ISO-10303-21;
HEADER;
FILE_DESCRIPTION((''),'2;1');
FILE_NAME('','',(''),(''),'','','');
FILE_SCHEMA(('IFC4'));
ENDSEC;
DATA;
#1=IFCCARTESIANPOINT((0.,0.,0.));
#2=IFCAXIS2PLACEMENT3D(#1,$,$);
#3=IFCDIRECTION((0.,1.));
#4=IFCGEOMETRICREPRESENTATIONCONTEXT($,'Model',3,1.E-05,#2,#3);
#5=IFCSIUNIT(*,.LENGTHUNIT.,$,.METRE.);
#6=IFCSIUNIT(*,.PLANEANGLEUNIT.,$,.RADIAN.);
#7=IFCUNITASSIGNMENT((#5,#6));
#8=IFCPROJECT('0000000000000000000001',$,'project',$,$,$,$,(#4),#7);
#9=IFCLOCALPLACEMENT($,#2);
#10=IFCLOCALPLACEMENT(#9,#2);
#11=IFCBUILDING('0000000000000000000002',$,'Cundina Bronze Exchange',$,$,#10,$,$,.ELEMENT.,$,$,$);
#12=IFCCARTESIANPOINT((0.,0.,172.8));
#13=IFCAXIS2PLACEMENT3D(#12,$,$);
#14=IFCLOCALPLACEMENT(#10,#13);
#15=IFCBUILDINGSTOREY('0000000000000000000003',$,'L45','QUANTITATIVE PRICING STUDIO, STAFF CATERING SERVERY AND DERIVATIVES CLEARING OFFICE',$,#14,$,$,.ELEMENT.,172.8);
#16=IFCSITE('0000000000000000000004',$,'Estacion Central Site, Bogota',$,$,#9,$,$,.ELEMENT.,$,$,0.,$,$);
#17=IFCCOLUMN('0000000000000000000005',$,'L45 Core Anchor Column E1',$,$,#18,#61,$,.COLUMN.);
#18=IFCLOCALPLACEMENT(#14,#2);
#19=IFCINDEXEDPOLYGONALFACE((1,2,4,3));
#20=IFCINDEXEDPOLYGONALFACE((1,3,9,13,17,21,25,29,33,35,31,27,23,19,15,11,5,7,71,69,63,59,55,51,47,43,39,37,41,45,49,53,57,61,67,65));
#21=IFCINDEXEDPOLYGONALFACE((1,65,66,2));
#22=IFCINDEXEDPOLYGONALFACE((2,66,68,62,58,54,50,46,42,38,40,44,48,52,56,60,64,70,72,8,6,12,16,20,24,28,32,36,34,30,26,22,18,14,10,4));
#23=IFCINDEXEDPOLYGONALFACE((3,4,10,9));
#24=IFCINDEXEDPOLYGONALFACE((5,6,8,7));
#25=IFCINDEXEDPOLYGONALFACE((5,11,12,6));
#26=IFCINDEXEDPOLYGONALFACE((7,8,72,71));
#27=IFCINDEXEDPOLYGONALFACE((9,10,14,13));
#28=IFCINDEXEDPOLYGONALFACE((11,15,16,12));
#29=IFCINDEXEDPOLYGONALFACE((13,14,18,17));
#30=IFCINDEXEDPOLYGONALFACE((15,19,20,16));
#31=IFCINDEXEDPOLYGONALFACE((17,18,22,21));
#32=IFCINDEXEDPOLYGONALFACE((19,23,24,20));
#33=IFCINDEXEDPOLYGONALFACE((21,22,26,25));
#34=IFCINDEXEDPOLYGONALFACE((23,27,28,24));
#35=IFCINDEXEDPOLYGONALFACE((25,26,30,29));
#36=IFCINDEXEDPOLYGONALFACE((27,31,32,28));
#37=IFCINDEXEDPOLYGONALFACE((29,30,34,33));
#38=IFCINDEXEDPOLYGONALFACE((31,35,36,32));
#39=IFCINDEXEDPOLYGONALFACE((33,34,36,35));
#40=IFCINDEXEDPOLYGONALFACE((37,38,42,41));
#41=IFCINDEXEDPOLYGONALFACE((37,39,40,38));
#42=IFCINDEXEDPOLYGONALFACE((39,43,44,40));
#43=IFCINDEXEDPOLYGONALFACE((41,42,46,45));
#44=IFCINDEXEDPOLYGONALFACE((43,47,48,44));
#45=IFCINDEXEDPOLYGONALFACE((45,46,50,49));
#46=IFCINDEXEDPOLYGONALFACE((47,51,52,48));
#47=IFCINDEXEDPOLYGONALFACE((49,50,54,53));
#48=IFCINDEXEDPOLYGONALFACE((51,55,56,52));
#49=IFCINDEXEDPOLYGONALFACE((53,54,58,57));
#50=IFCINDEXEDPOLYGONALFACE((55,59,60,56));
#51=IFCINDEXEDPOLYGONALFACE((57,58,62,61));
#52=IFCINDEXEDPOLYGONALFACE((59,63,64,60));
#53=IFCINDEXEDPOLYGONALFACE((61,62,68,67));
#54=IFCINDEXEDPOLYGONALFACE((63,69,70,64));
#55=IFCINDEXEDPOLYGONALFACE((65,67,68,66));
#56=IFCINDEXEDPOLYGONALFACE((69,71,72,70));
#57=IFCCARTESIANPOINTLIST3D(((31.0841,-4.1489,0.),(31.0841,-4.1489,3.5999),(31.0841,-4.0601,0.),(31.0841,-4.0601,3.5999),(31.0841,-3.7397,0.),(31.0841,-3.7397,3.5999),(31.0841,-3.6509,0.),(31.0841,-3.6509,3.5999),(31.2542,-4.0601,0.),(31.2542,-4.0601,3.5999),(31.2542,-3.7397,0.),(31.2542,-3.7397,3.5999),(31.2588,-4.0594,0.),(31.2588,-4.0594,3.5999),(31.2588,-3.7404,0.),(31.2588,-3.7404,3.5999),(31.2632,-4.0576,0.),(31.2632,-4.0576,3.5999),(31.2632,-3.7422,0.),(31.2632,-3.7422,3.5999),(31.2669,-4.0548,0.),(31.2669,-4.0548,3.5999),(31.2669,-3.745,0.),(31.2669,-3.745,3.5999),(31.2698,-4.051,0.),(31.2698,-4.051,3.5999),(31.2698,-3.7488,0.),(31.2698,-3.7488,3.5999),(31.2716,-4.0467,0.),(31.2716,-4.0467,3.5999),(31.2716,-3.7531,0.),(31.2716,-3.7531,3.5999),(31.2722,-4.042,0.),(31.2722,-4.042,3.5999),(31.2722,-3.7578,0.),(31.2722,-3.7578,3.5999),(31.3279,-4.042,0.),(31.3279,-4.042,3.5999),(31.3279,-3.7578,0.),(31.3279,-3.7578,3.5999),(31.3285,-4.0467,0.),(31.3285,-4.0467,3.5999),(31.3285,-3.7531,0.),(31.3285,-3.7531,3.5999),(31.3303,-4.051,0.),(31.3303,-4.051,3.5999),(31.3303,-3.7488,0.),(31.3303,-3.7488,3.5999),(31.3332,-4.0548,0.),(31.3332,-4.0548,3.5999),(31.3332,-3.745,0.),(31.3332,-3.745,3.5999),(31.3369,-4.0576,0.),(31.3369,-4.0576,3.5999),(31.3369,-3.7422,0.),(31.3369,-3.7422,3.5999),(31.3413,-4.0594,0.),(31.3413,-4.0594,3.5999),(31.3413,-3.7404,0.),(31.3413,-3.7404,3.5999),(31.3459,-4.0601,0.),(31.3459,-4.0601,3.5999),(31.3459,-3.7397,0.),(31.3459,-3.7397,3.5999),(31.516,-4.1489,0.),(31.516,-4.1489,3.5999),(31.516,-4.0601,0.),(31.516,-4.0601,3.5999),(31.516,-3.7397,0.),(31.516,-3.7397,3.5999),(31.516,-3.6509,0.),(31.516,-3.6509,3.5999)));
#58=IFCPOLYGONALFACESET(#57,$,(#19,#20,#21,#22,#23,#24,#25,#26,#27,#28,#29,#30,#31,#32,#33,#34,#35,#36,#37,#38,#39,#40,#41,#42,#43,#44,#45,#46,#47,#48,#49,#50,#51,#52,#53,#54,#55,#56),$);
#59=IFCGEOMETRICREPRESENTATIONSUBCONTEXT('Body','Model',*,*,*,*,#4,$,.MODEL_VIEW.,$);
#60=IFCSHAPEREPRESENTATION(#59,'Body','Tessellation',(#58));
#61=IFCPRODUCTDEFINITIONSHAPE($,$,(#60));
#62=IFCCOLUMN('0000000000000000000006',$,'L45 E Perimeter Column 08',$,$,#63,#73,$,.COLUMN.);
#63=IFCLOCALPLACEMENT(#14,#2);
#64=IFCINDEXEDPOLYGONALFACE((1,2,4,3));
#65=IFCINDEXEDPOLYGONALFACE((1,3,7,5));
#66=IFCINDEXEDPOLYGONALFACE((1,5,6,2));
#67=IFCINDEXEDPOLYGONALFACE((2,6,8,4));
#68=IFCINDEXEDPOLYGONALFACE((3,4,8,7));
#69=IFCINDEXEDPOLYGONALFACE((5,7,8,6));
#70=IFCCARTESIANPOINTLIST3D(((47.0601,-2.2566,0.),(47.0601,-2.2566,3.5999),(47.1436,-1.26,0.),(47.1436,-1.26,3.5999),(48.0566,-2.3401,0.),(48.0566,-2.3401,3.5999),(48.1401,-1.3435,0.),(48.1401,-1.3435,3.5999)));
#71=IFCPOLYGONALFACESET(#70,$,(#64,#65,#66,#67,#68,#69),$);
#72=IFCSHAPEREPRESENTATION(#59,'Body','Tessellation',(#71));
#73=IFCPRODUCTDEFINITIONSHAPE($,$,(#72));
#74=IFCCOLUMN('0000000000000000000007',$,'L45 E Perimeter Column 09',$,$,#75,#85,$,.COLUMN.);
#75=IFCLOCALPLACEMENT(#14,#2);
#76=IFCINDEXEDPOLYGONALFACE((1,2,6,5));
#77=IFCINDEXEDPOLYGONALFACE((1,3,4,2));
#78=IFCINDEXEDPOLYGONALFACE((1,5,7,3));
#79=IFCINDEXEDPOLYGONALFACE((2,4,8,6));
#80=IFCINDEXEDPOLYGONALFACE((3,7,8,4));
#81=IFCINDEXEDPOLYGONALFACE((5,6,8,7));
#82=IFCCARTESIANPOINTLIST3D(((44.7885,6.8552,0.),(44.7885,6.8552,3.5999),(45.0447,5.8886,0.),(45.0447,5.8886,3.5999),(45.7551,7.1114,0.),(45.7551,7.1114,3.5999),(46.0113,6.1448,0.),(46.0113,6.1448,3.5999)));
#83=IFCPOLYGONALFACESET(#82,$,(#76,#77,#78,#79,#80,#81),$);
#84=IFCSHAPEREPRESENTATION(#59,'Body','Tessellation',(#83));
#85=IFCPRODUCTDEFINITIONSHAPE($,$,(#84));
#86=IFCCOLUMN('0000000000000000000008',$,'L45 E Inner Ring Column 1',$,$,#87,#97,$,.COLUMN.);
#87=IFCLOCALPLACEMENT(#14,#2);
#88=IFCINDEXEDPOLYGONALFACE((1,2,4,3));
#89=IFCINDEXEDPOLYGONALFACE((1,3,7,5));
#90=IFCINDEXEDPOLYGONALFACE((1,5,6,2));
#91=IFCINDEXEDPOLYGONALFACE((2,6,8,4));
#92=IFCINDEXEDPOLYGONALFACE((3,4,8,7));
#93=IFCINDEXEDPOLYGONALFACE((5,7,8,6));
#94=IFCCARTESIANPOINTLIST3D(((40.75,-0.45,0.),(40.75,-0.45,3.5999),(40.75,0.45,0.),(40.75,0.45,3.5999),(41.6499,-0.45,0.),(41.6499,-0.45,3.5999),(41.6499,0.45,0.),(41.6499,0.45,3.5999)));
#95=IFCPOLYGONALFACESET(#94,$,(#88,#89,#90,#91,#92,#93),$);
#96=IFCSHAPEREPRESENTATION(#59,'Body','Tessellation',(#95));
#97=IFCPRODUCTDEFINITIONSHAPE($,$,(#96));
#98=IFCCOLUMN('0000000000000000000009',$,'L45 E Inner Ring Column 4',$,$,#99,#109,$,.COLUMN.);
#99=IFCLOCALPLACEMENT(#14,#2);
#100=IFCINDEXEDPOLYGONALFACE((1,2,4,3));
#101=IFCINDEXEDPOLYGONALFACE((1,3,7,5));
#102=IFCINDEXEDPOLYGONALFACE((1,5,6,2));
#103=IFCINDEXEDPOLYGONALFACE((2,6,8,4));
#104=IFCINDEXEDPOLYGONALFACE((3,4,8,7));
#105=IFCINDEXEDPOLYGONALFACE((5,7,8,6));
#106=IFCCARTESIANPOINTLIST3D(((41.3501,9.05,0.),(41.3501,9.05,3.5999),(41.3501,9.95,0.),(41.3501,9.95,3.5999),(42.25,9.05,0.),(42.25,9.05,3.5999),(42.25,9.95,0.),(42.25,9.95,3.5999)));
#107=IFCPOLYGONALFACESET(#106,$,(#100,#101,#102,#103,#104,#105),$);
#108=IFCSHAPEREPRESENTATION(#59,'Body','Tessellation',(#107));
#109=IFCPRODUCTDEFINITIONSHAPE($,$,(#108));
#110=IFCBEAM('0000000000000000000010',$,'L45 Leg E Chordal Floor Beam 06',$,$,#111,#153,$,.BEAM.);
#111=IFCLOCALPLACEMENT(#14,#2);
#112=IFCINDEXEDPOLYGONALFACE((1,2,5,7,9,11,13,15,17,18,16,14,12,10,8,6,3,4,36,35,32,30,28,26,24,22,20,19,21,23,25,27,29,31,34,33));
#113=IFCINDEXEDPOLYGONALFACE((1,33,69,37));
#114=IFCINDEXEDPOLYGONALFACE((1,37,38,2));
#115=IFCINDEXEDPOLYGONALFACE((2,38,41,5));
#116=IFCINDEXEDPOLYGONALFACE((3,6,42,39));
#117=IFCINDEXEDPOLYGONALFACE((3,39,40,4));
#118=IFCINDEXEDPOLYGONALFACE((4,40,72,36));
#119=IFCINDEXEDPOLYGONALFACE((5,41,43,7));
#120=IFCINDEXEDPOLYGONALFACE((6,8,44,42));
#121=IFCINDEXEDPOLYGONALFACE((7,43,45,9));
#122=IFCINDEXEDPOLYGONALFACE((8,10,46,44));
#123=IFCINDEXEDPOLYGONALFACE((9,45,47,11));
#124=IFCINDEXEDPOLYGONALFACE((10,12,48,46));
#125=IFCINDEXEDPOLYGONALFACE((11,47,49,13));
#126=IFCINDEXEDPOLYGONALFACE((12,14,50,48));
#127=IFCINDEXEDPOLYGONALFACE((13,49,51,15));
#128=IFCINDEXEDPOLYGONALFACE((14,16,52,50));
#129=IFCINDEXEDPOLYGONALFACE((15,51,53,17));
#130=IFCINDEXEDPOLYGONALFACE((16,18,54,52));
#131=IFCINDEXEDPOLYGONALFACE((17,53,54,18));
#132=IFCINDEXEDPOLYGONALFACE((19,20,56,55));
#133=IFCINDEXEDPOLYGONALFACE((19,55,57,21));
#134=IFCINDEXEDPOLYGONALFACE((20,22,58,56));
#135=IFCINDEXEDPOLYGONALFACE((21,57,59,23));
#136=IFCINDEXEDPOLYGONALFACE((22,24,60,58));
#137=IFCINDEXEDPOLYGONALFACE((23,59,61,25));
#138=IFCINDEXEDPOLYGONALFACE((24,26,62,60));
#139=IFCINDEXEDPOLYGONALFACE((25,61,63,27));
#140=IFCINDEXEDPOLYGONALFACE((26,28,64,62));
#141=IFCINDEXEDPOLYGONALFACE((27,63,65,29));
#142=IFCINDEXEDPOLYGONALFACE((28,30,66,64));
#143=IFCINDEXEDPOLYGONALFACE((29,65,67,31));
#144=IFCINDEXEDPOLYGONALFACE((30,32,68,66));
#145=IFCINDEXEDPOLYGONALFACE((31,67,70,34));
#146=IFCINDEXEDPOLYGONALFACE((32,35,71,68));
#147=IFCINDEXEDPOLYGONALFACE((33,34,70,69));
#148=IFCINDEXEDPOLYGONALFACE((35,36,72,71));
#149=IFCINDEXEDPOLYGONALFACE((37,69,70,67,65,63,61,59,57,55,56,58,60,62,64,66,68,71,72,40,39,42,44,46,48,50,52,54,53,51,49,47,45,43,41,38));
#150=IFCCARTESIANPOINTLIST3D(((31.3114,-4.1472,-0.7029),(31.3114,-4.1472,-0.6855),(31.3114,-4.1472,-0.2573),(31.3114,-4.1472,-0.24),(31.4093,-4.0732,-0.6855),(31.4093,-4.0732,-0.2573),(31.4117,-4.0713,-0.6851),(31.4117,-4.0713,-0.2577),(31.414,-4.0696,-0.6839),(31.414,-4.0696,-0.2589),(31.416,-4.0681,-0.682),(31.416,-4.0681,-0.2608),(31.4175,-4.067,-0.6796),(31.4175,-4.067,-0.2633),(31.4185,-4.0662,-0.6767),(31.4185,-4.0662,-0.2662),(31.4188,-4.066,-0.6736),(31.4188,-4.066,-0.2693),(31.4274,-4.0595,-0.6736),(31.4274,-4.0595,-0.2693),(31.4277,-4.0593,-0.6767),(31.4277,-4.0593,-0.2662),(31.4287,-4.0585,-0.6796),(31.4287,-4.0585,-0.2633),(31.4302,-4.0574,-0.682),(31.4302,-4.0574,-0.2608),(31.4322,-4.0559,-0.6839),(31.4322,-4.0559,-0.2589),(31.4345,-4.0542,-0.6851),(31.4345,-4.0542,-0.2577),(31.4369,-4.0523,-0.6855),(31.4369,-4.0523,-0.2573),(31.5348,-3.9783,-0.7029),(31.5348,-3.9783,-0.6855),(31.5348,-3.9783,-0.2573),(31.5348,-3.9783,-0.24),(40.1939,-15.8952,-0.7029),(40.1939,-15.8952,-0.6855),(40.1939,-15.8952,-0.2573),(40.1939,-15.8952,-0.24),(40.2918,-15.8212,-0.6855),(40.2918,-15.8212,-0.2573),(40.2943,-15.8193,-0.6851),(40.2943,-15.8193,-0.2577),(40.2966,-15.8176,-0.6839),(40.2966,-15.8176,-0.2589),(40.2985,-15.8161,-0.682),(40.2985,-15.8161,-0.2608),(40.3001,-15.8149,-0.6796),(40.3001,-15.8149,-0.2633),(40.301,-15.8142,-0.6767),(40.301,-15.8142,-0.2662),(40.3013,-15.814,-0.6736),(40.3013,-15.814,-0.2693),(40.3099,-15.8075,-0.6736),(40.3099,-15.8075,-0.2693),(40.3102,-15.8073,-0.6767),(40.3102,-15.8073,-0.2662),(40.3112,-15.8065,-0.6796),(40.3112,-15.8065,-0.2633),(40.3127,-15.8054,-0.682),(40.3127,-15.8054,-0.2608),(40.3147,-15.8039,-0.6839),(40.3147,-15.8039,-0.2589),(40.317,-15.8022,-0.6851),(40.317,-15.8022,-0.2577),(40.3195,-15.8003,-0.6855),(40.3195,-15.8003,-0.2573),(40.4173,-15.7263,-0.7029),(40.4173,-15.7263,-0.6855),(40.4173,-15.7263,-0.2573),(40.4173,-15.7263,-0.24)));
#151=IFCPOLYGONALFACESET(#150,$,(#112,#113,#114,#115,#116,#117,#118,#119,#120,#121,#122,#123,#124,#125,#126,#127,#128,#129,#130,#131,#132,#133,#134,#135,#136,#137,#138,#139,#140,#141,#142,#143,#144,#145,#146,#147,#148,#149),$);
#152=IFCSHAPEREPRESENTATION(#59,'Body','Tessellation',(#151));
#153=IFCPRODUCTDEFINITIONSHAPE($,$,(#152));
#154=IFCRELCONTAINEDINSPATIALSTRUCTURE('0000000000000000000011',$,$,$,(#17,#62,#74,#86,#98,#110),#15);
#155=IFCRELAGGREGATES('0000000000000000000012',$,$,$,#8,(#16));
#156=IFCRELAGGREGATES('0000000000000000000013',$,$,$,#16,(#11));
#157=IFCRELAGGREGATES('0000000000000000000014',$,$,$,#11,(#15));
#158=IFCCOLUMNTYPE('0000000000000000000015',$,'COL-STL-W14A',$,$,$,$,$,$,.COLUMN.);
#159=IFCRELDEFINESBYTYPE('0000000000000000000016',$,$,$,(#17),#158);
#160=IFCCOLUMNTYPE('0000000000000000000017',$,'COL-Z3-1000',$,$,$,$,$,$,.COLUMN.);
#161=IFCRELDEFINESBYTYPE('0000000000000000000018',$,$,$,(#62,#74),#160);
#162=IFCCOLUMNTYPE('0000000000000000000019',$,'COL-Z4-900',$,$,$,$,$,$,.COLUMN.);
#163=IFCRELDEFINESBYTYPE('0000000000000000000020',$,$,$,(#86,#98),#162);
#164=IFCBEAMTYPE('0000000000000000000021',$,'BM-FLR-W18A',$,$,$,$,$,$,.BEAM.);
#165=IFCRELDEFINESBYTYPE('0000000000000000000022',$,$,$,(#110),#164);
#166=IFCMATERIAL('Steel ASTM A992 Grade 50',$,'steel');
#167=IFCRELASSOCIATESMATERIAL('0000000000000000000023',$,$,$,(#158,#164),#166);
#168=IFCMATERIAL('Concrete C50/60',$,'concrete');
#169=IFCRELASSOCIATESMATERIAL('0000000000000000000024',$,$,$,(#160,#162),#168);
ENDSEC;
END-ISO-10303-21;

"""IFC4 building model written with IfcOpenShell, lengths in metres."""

from ifc_helpers import new_model, si_unit, direction, frame, origin, origin_2d, place, context, subcontext, project, spatial, rectangle, i_section, extrude, material, material_profile, profile_set, type_object, element, save


model = new_model("IFC4")

# Units and contexts
model_context = context("Model", 3, precision=1e-05, world=origin(), true_north=direction((0.0, 1.0)))
body_context = subcontext(model_context, "Body", "Model", "MODEL_VIEW")
ifc_project = project(units=[si_unit("LENGTHUNIT", "METRE"), si_unit("PLANEANGLEUNIT", "RADIAN")], contexts=[model_context])

# Site, building, storey
site_placement = place(None, origin())
site = spatial("IfcSite", under=ifc_project, at=site_placement, Name="Estacion Central Site, Bogota", CompositionType="ELEMENT", RefElevation=0.0)
building_placement = place(site_placement, origin())
building = spatial("IfcBuilding", under=site, at=building_placement, Name="Cundina Bronze Exchange", CompositionType="ELEMENT")
storey_placement = place(building_placement, frame((0.0, 0.0, 172.8)))
storey = spatial("IfcBuildingStorey", under=building, at=storey_placement, Name="L45", Description="QUANTITATIVE PRICING STUDIO, STAFF CATERING SERVERY AND DERIVATIVES CLEARING OFFICE", CompositionType="ELEMENT", Elevation=172.8)

# Columns
ifc_material_1 = material(Name="Steel ASTM A992 Grade 50", Category="steel")
ifc_material_profile_1 = material_profile(ifc_material_1, i_section(OverallWidth=0.4319, OverallDepth=0.498, WebThickness=0.0557, FlangeThickness=0.0889, FilletRadius=0.0181, at=origin_2d()), Name="W14X500", Category="steel")
ifc_profile_set_1 = profile_set([ifc_material_profile_1], Name="Steel ASTM A992 Grade 50")
column_type_1 = type_object("IfcColumnType", Name="COL-STL-W14A", PredefinedType="COLUMN", material=ifc_profile_set_1)
column_placement = place(storey_placement, frame((31.3, -3.8999, 0.0), z_axis=(0.0, 0.0, 1.0), x_axis=(1.0, 0.0, 0.0)))
element("IfcColumn", 1, at=column_placement, inside=storey, type_object=column_type_1, Name="L45 Core Anchor Column E1", PredefinedType="COLUMN", context=body_context, shape_type="SweptSolid", body=[
    extrude(i_section(OverallWidth=0.4319, OverallDepth=0.498, WebThickness=0.0557, FlangeThickness=0.0889, FilletRadius=0.0181, at=origin_2d()), origin(), (0.0, 0.0, 1.0), 3.5999),
])
ifc_material_2 = material(Name="Concrete C50/60", Category="concrete")
ifc_material_profile_2 = material_profile(ifc_material_2, rectangle(XDim=1.0, YDim=1.0, at=origin_2d()), Name="RC1000X1000", Category="concrete")
ifc_profile_set_2 = profile_set([ifc_material_profile_2], Name="Concrete C50/60")
column_type_2 = type_object("IfcColumnType", Name="COL-Z3-1000", PredefinedType="COLUMN", material=ifc_profile_set_2)
for number, where, z_axis, x_axis, name in (
    (2, (47.6001, -1.8, 0.0), (0.0, 0.0, 1.0), (0.083504, 0.996507, 0.0), "L45 E Perimeter Column 08"),
    (3, (45.3999, 6.5, 0.0), (0.0, 0.0, 1.0), (-0.256289, 0.9666, 0.0), "L45 E Perimeter Column 09"),
):
    element("IfcColumn", number, at=place(storey_placement, frame(where, z_axis=z_axis, x_axis=x_axis)), inside=storey, type_object=column_type_2, Name=name, PredefinedType="COLUMN", context=body_context, shape_type="SweptSolid", body=[
        extrude(rectangle(XDim=1.0, YDim=1.0, at=origin_2d()), origin(), (0.0, 0.0, 1.0), 3.5999),
    ])
ifc_material_profile_3 = material_profile(ifc_material_2, rectangle(XDim=0.8999, YDim=0.8999, at=origin_2d()), Name="RC900X900", Category="concrete")
ifc_profile_set_3 = profile_set([ifc_material_profile_3], Name="Concrete C50/60")
column_type_3 = type_object("IfcColumnType", Name="COL-Z4-900", PredefinedType="COLUMN", material=ifc_profile_set_3)
for number, where, z_axis, x_axis, name in (
    (4, (41.2, 0.0, 0.0), (0.0, 0.0, 1.0), (1.0, 0.0, 0.0), "L45 E Inner Ring Column 1"),
    (5, (41.8, 9.5, 0.0), (0.0, 0.0, 1.0), (1.0, 0.0, 0.0), "L45 E Inner Ring Column 4"),
):
    element("IfcColumn", number, at=place(storey_placement, frame(where, z_axis=z_axis, x_axis=x_axis)), inside=storey, type_object=column_type_3, Name=name, PredefinedType="COLUMN", context=body_context, shape_type="SweptSolid", body=[
        extrude(rectangle(XDim=0.8999, YDim=0.8999, at=origin_2d()), origin(), (0.0, 0.0, 1.0), 3.5999),
    ])

# Beam
ifc_material_profile_4 = material_profile(ifc_material_1, i_section(OverallWidth=0.28, OverallDepth=0.4629, WebThickness=0.0107, FlangeThickness=0.0173, FilletRadius=0.012, at=origin_2d()), Name="W18X76", Category="steel")
ifc_profile_set_4 = profile_set([ifc_material_profile_4], Name="Steel ASTM A992 Grade 50")
beam_type_1 = type_object("IfcBeamType", Name="BM-FLR-W18A", PredefinedType="BEAM", material=ifc_profile_set_4)
beam_1_placement = place(storey_placement, frame((31.4231, -4.0627, -0.4714), z_axis=(0.603104, -0.797663, 0.0), x_axis=(0.797663, 0.603104, 0.0)))
element("IfcBeam", 6, at=beam_1_placement, inside=storey, type_object=beam_type_1, Name="L45 Leg E Chordal Floor Beam 06", PredefinedType="BEAM", context=body_context, shape_type="SweptSolid", body=[
    extrude(i_section(OverallWidth=0.28, OverallDepth=0.4629, WebThickness=0.0107, FlangeThickness=0.0173, FilletRadius=0.012, at=origin_2d()), origin(), (0.0, 0.0, 1.0), 14.728),
])

save(model, "model.ifc")
